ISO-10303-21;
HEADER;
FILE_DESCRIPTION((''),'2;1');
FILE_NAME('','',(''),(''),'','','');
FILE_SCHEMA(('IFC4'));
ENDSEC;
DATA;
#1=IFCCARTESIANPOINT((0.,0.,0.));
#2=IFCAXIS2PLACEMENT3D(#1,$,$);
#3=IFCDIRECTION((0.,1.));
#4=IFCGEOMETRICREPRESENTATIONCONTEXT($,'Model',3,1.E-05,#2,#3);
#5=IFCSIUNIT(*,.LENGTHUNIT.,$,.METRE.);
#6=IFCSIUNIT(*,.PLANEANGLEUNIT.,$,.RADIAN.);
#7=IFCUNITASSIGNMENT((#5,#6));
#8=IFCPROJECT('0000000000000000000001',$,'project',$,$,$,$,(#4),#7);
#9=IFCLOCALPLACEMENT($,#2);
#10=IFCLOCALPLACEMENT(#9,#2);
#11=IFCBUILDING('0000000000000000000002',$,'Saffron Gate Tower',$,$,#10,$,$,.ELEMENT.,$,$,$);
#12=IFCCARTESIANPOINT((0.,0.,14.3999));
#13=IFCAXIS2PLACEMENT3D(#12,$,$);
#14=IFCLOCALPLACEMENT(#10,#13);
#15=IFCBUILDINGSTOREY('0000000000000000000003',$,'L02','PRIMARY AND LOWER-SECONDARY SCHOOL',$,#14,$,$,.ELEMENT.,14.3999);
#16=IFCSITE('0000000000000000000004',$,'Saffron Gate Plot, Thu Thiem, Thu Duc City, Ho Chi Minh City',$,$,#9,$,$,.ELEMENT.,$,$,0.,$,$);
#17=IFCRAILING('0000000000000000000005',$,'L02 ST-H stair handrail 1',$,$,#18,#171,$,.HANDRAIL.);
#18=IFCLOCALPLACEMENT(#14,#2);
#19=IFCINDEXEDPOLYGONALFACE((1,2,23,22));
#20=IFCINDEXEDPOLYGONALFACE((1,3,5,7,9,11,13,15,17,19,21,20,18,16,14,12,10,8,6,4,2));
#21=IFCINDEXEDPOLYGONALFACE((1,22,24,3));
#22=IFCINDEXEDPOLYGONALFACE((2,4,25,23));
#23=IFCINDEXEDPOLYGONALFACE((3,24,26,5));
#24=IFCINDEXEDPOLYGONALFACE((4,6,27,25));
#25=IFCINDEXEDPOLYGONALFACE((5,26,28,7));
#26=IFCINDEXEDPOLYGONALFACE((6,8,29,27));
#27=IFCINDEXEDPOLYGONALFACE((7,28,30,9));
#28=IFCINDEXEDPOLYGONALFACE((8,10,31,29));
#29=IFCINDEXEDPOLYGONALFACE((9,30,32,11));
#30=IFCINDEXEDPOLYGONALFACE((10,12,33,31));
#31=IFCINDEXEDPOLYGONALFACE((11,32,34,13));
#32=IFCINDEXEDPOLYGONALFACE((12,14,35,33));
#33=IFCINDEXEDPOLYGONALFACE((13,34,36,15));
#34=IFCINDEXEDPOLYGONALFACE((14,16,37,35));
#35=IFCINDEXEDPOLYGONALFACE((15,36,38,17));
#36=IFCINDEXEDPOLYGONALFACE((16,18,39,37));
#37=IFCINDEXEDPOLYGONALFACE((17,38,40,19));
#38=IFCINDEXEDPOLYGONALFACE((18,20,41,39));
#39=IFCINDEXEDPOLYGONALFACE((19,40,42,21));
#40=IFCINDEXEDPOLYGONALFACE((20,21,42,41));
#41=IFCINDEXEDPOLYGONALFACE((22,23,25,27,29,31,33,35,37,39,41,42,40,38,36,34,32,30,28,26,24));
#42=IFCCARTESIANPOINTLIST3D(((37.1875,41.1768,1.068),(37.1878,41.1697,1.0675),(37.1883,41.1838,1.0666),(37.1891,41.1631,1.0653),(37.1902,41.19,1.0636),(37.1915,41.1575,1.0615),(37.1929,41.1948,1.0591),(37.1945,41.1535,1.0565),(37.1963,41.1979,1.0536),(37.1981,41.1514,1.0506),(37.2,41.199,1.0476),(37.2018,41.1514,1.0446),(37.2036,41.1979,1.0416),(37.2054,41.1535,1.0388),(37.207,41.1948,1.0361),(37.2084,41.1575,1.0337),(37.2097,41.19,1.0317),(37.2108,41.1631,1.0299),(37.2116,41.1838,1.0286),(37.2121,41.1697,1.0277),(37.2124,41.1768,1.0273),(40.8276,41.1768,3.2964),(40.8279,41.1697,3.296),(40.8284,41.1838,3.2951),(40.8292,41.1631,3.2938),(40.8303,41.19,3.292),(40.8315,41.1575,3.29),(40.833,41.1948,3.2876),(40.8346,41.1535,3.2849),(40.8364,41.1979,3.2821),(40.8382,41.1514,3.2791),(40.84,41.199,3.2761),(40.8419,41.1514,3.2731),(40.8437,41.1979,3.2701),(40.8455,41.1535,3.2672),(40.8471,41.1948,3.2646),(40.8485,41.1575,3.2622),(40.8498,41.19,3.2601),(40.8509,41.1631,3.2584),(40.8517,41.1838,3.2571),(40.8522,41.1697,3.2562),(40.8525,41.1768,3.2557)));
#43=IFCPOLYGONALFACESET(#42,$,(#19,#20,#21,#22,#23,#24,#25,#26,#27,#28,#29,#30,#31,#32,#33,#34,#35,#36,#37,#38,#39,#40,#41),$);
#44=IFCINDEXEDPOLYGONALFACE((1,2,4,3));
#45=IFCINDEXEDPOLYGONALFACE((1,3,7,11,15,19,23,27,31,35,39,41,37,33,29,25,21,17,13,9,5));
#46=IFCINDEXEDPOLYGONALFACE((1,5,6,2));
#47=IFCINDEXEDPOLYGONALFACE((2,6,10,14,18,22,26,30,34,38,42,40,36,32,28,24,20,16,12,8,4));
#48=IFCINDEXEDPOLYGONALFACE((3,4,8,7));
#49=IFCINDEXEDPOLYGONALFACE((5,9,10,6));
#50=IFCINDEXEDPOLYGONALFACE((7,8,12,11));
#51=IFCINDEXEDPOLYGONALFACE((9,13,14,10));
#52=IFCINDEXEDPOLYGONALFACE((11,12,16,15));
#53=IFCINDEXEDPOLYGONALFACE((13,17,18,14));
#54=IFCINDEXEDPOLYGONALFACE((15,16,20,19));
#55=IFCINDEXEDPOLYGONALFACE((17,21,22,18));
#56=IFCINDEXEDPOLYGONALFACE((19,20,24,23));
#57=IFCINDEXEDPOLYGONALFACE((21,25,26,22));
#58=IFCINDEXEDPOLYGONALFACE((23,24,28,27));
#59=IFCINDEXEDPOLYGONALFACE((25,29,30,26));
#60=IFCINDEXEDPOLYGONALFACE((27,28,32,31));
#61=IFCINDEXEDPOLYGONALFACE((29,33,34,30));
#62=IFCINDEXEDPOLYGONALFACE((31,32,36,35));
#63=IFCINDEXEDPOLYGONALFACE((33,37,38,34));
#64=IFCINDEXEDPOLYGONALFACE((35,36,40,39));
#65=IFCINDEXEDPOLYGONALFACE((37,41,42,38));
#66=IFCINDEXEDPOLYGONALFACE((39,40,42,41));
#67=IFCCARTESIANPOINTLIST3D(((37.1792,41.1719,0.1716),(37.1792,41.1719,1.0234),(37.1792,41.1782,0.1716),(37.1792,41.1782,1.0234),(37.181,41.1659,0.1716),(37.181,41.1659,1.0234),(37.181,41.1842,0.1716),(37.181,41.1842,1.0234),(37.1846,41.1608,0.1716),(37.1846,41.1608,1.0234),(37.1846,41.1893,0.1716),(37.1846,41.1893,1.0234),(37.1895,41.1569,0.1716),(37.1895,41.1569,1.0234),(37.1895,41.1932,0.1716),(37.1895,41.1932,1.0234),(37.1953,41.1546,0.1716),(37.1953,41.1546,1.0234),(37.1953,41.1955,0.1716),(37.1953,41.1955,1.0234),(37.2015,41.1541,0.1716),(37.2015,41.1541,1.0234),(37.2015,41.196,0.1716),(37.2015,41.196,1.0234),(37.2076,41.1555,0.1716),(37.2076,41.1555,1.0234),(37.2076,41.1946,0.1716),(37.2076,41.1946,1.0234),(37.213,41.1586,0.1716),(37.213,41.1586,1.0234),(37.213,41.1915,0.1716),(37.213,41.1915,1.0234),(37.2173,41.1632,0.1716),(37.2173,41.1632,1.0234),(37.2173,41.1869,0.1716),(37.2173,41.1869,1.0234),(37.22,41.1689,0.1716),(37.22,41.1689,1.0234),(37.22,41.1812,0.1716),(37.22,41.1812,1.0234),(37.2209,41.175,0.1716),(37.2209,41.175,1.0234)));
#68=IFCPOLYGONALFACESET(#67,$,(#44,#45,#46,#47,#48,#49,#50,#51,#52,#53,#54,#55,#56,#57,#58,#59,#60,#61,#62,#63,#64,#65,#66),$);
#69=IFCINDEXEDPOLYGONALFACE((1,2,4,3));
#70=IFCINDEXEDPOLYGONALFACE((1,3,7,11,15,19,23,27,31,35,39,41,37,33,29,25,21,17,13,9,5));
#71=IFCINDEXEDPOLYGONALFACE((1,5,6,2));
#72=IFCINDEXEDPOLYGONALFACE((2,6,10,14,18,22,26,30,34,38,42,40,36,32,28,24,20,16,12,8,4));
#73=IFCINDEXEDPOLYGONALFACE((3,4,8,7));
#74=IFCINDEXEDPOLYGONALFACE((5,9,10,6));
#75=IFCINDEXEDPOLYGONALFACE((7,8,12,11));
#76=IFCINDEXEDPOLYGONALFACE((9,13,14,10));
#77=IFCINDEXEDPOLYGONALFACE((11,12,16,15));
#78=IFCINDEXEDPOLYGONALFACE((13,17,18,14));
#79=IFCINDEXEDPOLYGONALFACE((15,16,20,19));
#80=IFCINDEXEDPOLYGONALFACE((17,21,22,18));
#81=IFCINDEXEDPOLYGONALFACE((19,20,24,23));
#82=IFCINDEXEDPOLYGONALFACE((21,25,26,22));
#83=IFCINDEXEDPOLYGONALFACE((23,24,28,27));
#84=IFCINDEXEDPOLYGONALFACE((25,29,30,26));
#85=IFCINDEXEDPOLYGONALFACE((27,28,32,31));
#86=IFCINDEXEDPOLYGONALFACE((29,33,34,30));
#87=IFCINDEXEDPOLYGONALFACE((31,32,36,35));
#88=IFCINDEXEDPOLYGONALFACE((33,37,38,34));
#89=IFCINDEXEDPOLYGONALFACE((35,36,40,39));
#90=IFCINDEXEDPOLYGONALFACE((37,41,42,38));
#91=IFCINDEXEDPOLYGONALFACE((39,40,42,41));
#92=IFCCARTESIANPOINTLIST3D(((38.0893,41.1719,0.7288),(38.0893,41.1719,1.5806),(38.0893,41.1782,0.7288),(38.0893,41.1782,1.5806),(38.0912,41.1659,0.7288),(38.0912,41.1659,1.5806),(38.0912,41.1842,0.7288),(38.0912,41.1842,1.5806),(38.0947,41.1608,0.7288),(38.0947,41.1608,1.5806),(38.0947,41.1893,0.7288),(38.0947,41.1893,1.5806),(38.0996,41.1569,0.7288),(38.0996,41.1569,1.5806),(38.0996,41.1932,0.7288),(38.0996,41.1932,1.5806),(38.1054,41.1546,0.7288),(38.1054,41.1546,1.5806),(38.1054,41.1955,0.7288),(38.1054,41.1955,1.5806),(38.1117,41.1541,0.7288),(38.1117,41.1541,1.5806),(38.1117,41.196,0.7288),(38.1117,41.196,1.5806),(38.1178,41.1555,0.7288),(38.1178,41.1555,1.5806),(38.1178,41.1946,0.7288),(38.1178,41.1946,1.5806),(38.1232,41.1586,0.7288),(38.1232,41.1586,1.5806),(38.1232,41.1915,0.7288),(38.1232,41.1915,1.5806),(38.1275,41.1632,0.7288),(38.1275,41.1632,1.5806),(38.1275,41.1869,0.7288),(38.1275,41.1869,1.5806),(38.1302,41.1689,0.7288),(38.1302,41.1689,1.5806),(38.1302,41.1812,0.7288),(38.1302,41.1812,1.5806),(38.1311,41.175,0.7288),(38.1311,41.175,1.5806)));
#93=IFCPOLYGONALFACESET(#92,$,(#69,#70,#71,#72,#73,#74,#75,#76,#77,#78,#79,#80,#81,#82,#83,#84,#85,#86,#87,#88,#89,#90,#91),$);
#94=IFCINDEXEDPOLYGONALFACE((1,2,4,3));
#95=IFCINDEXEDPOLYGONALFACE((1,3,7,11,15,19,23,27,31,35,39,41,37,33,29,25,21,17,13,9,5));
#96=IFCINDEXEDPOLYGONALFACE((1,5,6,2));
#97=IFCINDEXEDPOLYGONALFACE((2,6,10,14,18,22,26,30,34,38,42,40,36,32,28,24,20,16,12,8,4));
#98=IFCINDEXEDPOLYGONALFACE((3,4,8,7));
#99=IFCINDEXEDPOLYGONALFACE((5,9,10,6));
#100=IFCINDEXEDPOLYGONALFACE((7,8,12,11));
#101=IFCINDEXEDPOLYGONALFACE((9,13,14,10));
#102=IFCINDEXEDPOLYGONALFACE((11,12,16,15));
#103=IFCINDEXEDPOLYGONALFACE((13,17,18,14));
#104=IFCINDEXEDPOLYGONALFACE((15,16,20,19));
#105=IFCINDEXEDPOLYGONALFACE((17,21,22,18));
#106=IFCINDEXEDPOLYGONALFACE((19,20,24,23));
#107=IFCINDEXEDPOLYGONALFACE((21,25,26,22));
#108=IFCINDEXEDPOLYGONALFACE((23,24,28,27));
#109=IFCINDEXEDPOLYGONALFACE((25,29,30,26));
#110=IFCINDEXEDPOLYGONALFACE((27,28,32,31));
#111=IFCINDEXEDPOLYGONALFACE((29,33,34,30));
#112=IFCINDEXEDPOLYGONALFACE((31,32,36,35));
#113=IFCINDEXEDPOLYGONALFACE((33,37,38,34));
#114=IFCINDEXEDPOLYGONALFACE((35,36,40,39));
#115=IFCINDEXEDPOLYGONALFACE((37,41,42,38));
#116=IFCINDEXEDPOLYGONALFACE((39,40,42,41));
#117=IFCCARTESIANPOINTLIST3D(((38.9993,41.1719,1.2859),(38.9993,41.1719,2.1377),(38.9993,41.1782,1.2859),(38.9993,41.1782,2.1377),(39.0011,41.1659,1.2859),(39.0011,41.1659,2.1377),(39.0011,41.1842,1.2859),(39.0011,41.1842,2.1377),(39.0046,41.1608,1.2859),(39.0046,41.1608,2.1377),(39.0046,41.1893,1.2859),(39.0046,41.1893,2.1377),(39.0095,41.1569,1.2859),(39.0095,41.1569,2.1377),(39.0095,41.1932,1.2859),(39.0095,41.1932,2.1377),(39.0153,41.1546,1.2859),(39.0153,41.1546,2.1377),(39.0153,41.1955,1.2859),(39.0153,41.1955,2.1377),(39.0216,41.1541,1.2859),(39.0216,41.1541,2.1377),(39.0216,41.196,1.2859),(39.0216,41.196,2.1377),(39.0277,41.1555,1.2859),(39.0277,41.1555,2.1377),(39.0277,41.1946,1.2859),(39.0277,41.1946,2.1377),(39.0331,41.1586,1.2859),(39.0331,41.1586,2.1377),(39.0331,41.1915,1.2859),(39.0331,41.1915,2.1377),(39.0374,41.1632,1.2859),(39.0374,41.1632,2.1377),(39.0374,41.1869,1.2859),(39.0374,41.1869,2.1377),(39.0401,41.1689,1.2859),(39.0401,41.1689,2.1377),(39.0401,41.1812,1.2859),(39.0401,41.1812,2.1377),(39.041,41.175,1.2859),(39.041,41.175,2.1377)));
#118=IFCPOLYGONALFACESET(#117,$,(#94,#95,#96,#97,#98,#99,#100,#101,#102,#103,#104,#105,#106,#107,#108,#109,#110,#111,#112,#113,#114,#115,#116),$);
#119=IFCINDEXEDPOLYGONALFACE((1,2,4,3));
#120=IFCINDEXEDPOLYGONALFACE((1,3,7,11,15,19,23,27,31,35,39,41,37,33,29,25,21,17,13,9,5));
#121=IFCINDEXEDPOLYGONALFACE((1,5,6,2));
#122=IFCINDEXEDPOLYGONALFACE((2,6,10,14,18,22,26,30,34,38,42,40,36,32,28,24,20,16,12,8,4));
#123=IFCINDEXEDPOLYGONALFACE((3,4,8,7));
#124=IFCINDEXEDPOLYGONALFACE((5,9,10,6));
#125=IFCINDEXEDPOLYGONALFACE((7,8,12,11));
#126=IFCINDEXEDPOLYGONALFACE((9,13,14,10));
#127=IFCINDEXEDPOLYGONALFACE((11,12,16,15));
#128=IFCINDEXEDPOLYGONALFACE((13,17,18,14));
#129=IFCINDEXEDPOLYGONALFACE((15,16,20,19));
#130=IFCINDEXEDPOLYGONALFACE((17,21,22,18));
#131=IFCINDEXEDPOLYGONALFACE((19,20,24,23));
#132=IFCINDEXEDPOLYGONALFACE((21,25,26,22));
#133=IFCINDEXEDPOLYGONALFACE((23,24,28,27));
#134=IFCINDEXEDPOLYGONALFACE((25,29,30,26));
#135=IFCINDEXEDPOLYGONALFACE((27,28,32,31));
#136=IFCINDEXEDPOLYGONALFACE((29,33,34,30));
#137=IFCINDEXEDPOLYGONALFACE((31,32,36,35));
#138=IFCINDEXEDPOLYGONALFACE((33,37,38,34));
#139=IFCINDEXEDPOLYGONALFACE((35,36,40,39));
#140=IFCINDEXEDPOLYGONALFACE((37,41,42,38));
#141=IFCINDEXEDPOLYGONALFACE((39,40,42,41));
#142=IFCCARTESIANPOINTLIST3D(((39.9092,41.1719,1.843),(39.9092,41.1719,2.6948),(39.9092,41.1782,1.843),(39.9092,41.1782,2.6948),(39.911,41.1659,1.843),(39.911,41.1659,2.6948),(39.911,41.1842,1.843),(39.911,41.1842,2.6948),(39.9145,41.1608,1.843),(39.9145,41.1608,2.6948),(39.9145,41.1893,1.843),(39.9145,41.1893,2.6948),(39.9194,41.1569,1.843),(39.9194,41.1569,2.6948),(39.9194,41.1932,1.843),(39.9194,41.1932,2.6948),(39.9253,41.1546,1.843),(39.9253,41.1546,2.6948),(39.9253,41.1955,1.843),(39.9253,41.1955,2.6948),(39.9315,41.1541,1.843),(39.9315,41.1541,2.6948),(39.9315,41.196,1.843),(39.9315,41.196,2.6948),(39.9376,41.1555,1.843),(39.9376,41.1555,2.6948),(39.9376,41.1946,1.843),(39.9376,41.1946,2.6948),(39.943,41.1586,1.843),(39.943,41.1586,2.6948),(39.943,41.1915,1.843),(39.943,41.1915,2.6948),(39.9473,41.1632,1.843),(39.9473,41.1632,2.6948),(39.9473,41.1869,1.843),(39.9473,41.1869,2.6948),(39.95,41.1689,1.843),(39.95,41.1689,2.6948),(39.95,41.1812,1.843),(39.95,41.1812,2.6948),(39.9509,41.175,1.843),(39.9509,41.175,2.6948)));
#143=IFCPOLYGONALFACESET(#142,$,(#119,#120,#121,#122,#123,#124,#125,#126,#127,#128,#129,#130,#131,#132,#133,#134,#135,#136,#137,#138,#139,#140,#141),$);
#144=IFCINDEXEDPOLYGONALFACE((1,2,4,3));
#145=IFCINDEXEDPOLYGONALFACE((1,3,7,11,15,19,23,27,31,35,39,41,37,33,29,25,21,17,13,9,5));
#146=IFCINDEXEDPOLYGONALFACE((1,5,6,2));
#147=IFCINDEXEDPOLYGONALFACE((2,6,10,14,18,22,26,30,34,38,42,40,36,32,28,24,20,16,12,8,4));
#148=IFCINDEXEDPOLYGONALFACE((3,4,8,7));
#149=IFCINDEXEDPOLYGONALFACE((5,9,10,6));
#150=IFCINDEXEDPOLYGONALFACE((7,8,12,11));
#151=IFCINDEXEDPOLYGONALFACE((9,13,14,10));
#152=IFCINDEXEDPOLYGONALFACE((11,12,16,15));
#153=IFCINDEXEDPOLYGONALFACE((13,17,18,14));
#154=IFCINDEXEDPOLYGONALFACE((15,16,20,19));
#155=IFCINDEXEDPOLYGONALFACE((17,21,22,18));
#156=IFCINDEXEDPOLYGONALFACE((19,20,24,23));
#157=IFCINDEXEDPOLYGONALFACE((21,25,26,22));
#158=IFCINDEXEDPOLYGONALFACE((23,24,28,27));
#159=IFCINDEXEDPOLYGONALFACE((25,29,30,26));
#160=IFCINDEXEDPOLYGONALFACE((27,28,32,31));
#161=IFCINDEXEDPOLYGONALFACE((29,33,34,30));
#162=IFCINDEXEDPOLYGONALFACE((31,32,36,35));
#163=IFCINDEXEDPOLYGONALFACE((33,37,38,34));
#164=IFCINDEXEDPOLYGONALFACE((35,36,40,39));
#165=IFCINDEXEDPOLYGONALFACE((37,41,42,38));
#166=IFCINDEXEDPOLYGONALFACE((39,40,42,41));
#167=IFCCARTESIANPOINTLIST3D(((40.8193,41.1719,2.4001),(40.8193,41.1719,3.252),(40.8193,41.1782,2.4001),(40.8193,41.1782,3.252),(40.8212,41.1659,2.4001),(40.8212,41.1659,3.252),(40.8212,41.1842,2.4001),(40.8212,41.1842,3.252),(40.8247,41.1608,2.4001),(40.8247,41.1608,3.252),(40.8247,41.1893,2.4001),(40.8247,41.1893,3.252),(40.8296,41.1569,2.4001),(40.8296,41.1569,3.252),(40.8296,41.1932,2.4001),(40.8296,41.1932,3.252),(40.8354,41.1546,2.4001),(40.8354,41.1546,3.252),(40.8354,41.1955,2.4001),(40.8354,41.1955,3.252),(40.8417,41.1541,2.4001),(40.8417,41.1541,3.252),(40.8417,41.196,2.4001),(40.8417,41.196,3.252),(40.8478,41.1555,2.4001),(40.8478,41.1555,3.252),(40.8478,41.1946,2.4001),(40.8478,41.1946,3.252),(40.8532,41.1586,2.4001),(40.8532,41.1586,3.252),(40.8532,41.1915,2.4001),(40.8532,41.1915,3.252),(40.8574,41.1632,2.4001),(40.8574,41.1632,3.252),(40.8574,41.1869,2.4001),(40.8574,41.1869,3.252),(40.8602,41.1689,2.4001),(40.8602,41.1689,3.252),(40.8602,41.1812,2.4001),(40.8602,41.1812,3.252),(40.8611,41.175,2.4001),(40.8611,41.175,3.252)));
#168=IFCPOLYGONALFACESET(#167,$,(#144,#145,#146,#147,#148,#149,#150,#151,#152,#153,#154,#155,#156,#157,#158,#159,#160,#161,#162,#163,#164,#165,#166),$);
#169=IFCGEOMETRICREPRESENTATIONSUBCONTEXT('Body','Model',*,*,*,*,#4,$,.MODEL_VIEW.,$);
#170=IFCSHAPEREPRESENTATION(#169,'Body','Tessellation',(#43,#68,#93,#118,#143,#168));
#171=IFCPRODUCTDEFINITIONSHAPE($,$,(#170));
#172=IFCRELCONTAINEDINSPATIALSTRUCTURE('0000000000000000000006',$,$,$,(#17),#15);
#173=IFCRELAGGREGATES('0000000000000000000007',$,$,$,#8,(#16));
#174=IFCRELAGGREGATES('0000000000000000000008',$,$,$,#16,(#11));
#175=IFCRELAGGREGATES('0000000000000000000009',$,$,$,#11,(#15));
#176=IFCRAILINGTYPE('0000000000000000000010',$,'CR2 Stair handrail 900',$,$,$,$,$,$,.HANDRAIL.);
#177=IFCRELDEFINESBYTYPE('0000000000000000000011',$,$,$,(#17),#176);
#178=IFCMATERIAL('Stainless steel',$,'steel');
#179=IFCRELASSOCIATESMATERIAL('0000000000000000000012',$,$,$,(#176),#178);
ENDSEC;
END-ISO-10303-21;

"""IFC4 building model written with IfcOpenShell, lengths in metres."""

from ifc_helpers import new_model, si_unit, direction, frame, origin, origin_2d, place, context, subcontext, project, spatial, circle, extrude, material, type_object, element, save


model = new_model("IFC4")

# Units and contexts
model_context = context("Model", 3, precision=1e-05, world=origin(), true_north=direction((0.0, 1.0)))
body_context = subcontext(model_context, "Body", "Model", "MODEL_VIEW")
ifc_project = project(units=[si_unit("LENGTHUNIT", "METRE"), si_unit("PLANEANGLEUNIT", "RADIAN")], contexts=[model_context])

# Site, building, storey
site_placement = place(None, origin())
site = spatial("IfcSite", under=ifc_project, at=site_placement, Name="Saffron Gate Plot, Thu Thiem, Thu Duc City, Ho Chi Minh City", CompositionType="ELEMENT", RefElevation=0.0)
building_placement = place(site_placement, origin())
building = spatial("IfcBuilding", under=site, at=building_placement, Name="Saffron Gate Tower", CompositionType="ELEMENT")
storey_placement = place(building_placement, frame((0.0, 0.0, 14.3999)))
storey = spatial("IfcBuildingStorey", under=building, at=storey_placement, Name="L02", Description="PRIMARY AND LOWER-SECONDARY SCHOOL", CompositionType="ELEMENT", Elevation=14.3999)

# Railing
ifc_material_1 = material(Name="Stainless steel", Category="steel")
railing_type_1 = type_object("IfcRailingType", Name="CR2 Stair handrail 900", PredefinedType="HANDRAIL", material=ifc_material_1)
railing_1_placement = place(storey_placement, frame((37.2, 41.175, 0.1716)))
element("IfcRailing", 1, at=railing_1_placement, inside=storey, type_object=railing_type_1, Name="L02 ST-H stair handrail 1", PredefinedType="HANDRAIL", context=body_context, shape_type="SweptSolid", body=[
    extrude(circle(Radius=0.0239, at=origin_2d()), frame((0.0, 0.0, 0.876), z_axis=(0.852866, 0.0, 0.52213), x_axis=(0.0, 1.0, 0.0)), (0.0, 0.0, 1.0), 4.2681),
    extrude(circle(Radius=0.021, at=origin_2d()), origin(), (0.0, 0.0, 1.0), 0.8518),
    extrude(circle(Radius=0.021, at=origin_2d()), frame((0.9102, 0.0, 0.5571)), (0.0, 0.0, 1.0), 0.8518),
    extrude(circle(Radius=0.021, at=origin_2d()), frame((1.8201, 0.0, 1.1143)), (0.0, 0.0, 1.0), 0.8518),
    extrude(circle(Radius=0.021, at=origin_2d()), frame((2.73, 0.0, 1.6714)), (0.0, 0.0, 1.0), 0.8518),
    extrude(circle(Radius=0.021, at=origin_2d()), frame((3.6401, 0.0, 2.2285)), (0.0, 0.0, 1.0), 0.8518),
])

save(model, "model.ifc")
